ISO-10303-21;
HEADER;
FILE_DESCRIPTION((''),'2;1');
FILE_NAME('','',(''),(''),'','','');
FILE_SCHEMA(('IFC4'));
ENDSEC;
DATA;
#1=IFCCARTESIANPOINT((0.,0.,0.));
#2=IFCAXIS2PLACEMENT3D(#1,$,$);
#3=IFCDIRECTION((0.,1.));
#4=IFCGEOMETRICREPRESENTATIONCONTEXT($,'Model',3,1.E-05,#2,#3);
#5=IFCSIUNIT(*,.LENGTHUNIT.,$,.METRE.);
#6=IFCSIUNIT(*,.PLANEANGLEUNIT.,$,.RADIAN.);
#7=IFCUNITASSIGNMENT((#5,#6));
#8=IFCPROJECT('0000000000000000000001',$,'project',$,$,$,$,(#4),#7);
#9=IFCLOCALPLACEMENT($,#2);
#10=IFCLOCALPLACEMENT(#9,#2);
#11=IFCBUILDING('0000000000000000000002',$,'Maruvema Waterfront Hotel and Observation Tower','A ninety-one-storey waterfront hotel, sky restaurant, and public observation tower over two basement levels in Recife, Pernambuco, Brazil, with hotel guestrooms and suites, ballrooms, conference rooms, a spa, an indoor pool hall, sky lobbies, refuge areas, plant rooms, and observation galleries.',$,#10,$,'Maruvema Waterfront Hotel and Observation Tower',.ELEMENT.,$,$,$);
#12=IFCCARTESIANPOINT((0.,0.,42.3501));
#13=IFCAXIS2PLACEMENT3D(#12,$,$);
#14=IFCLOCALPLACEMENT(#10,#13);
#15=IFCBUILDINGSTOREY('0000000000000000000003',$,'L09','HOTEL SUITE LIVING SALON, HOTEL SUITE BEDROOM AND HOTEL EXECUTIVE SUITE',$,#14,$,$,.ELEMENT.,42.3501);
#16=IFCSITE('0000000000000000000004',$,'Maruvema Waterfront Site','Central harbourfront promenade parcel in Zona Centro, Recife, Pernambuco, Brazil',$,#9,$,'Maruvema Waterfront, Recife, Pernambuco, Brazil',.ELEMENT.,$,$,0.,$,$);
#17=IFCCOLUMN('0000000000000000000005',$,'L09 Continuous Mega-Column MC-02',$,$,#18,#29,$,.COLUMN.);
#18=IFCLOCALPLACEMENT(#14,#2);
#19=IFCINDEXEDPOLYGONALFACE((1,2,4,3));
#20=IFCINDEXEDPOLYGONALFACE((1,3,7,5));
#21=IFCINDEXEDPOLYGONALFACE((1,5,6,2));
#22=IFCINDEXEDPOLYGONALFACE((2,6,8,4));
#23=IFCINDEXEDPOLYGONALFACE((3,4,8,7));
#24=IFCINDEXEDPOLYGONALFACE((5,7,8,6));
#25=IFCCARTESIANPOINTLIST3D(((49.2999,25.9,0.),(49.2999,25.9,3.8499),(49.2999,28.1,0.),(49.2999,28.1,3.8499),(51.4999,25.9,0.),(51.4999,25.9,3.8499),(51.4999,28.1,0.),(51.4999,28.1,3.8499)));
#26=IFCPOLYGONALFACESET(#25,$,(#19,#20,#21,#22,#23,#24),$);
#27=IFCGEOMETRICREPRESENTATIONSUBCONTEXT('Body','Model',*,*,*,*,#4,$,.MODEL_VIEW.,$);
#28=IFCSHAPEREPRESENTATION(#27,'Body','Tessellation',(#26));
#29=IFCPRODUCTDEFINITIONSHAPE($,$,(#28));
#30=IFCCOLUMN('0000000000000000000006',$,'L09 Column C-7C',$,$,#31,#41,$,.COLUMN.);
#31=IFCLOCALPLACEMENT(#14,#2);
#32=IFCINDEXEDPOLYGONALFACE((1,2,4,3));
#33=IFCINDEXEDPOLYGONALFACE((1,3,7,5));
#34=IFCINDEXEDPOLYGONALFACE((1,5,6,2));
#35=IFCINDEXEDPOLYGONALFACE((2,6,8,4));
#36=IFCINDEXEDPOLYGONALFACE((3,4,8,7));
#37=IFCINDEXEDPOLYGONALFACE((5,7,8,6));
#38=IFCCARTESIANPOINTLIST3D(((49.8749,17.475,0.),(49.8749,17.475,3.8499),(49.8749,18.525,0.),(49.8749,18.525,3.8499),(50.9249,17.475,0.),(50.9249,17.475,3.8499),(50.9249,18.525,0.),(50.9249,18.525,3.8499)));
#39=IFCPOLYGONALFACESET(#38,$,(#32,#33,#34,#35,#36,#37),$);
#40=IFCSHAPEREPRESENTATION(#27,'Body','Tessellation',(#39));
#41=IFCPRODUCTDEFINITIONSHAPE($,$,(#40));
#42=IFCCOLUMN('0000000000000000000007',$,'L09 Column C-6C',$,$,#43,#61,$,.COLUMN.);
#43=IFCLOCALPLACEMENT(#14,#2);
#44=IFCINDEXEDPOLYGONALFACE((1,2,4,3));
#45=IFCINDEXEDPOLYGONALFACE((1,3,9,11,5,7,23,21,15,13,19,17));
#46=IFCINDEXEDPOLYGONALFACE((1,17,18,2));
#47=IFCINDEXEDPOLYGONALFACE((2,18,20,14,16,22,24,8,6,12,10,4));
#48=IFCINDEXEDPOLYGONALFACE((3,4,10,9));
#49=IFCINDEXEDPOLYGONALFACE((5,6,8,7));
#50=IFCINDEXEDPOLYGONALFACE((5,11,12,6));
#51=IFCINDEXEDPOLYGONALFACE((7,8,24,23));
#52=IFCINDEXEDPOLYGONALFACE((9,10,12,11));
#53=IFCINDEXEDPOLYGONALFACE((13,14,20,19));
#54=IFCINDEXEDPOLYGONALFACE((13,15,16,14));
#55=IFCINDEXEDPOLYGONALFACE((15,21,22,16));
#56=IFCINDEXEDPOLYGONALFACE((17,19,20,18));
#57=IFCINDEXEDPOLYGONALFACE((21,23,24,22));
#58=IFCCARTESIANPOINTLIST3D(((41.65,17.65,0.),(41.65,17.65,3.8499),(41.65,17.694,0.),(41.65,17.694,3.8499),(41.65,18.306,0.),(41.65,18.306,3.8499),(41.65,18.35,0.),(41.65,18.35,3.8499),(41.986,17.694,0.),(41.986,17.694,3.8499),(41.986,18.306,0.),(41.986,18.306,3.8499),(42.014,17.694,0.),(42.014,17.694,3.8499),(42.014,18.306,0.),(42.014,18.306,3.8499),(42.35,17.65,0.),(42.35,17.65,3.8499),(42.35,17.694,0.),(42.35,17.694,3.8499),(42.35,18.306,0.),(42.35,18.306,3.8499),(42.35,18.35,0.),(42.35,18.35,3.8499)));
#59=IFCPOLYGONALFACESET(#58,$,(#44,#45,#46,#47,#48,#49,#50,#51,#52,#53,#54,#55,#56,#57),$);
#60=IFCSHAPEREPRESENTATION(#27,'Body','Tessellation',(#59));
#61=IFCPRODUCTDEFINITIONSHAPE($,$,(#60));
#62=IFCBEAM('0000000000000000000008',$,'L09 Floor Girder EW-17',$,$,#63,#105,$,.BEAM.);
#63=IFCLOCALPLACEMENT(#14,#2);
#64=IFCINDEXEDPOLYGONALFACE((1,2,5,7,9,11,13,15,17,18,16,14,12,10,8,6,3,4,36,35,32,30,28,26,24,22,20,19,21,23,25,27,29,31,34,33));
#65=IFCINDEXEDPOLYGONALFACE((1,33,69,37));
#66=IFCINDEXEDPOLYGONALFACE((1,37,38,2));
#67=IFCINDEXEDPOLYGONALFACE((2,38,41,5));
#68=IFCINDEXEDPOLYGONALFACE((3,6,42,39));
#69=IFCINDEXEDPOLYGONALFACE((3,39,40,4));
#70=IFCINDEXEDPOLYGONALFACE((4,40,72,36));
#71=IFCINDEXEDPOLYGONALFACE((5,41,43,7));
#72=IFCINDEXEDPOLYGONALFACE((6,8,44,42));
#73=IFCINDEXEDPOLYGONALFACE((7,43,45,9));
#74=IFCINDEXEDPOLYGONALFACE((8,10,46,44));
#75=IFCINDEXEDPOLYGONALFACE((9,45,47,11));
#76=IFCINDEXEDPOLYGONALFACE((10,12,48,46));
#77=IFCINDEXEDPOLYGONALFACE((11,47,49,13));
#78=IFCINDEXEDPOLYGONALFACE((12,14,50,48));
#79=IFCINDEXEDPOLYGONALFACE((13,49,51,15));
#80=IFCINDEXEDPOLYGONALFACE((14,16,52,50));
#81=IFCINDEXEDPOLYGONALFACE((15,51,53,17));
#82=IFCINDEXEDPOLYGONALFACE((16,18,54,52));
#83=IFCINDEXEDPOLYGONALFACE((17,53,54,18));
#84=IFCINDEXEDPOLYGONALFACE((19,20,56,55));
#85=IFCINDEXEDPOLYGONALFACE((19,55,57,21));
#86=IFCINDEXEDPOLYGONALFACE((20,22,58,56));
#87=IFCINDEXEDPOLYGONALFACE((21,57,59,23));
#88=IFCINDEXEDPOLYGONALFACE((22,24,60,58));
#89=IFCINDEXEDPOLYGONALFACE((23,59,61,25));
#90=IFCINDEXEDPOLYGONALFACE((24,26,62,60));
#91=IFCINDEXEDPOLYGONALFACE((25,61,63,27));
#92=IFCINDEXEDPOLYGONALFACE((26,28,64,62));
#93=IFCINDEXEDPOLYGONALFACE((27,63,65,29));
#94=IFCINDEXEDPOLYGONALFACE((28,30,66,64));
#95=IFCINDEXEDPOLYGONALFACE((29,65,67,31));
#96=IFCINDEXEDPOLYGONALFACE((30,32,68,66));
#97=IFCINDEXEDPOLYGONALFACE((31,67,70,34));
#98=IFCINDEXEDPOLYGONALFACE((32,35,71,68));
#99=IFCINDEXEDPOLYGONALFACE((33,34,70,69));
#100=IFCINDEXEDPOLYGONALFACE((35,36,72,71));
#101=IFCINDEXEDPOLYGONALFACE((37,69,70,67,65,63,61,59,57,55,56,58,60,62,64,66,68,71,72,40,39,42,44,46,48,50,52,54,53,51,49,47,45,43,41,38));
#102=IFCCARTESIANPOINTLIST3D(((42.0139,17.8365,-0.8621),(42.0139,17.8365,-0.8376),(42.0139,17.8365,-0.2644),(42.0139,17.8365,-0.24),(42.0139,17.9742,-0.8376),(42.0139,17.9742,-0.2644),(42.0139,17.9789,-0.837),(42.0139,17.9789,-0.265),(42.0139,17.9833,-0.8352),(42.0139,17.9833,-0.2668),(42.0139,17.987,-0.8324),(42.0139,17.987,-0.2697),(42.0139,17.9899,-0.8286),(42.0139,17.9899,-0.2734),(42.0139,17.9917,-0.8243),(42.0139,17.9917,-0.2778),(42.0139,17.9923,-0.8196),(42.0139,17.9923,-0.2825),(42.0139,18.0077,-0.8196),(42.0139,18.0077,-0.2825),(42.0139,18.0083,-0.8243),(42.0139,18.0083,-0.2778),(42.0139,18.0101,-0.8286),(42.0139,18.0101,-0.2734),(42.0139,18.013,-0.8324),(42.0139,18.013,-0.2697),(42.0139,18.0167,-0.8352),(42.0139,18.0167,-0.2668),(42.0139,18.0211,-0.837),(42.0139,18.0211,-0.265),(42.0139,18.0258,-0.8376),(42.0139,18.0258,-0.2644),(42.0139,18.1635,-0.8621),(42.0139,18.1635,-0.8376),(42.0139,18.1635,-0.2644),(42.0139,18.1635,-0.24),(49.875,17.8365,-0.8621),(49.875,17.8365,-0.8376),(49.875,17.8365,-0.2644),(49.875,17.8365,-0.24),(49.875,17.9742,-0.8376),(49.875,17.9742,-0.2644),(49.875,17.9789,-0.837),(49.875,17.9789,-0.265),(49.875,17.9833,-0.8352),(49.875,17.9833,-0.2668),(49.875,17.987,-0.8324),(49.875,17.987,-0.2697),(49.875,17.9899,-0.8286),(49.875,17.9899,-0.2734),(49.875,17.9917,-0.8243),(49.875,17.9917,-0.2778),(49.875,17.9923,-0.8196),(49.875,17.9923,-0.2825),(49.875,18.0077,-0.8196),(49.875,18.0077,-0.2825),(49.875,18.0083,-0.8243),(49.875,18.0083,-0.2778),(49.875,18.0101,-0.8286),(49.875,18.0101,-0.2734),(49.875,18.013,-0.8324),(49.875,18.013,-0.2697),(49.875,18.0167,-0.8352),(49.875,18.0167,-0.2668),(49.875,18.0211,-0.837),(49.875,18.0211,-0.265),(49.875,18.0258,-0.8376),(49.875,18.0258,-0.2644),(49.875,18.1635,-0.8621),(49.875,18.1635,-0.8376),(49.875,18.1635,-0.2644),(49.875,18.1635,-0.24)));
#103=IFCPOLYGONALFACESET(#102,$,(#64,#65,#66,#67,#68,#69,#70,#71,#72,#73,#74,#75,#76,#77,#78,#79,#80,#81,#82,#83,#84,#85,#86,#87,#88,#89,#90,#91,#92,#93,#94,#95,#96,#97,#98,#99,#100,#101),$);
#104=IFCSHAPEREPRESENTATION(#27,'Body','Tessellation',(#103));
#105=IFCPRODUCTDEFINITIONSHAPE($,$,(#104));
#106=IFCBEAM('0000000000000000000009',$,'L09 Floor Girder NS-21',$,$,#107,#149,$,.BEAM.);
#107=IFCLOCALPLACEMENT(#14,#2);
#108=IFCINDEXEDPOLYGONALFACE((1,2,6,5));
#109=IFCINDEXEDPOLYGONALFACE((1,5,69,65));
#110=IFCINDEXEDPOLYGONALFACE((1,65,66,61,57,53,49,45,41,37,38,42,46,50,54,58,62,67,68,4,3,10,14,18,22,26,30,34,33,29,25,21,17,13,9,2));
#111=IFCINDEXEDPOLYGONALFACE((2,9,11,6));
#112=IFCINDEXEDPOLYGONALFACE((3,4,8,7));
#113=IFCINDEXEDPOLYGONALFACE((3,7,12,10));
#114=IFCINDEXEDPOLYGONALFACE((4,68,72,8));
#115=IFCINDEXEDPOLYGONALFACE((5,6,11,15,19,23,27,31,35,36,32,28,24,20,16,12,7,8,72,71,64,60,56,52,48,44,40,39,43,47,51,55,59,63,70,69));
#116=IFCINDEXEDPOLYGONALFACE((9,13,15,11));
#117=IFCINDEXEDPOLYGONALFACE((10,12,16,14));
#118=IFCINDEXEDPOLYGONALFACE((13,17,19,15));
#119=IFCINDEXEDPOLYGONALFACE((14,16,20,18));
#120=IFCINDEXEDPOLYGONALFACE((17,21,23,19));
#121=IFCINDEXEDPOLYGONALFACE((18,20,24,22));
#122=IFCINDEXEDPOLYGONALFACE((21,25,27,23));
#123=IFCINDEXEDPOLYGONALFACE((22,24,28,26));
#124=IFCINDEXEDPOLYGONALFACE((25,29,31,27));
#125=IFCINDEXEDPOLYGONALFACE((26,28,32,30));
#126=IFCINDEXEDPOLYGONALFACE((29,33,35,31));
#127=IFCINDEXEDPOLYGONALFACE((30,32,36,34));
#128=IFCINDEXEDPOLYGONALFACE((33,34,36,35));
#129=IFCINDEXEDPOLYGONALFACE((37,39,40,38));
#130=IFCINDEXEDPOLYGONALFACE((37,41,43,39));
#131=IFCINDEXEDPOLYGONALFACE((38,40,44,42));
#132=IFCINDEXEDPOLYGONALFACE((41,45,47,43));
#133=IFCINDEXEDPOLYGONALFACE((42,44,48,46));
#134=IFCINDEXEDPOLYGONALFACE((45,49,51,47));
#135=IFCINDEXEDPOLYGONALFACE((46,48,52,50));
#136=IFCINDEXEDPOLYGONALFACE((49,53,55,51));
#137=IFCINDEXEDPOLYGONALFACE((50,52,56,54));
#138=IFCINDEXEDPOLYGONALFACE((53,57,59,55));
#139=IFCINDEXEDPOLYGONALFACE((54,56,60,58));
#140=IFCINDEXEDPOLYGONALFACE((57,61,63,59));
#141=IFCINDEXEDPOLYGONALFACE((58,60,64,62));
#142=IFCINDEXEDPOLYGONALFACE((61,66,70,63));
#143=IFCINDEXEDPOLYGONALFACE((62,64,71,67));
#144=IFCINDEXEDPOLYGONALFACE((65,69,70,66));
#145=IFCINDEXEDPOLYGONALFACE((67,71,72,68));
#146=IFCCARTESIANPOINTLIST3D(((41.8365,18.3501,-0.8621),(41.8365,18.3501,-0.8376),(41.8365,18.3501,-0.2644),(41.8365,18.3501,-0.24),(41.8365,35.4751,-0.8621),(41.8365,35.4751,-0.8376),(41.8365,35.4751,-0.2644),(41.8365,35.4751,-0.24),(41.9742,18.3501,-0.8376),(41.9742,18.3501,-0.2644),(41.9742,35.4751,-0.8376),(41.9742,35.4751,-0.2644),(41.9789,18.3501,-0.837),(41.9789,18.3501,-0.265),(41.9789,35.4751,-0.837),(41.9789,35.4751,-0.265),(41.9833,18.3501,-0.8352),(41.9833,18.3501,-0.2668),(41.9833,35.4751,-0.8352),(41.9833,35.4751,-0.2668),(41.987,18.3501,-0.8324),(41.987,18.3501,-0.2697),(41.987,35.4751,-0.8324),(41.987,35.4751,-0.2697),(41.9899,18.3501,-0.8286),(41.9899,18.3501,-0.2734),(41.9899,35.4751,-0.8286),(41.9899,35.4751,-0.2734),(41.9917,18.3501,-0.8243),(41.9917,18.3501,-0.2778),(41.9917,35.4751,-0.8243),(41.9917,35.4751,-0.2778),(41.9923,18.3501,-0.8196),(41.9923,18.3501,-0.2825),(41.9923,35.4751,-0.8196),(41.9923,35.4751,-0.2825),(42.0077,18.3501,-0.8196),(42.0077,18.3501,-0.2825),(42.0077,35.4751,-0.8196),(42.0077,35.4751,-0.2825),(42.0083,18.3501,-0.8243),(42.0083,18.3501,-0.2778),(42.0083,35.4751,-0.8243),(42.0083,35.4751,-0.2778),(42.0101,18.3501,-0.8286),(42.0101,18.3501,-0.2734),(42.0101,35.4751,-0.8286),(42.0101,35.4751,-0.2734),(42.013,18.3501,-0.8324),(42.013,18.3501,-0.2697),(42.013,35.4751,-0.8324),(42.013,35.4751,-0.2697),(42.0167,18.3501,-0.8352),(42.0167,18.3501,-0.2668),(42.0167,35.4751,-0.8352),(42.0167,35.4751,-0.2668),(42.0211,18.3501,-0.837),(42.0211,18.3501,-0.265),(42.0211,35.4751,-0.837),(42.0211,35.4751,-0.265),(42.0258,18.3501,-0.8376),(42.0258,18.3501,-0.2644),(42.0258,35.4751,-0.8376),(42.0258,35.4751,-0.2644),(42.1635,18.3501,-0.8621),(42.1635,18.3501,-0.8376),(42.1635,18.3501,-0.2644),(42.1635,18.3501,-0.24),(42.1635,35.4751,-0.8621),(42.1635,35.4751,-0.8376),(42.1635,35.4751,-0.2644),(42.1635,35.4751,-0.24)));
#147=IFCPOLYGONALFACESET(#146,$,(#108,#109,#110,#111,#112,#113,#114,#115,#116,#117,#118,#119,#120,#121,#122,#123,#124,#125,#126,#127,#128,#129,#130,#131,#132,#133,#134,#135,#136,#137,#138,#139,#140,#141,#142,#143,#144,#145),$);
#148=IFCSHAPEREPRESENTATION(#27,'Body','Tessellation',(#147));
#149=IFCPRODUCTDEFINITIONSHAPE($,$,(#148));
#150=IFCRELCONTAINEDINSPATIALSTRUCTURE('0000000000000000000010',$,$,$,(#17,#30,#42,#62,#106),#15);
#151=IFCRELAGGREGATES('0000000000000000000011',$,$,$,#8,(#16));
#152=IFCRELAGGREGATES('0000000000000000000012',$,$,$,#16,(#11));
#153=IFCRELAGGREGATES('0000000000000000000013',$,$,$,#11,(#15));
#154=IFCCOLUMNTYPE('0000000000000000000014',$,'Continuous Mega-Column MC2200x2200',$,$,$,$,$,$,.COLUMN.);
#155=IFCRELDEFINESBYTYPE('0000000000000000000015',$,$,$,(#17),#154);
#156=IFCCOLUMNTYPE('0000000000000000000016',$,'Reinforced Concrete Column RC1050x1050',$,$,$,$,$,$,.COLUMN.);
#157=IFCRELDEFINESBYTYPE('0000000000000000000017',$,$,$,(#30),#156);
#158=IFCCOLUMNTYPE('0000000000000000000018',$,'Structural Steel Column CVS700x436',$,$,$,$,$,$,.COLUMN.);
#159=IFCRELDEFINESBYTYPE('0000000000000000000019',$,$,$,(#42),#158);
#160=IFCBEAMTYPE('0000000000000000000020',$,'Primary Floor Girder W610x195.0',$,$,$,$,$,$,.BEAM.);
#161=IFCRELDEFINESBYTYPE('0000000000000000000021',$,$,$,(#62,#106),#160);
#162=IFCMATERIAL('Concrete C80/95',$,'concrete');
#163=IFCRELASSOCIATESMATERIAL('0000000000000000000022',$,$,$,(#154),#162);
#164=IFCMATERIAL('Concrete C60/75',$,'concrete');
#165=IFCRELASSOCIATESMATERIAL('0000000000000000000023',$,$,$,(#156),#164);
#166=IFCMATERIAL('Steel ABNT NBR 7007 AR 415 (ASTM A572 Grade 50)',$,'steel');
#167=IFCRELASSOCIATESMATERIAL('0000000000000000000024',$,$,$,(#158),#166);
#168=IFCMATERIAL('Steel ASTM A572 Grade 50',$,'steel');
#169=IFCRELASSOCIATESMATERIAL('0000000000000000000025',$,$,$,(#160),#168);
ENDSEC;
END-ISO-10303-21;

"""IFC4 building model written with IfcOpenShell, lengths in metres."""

from ifc_helpers import new_model, si_unit, direction, frame, origin, origin_2d, place, context, subcontext, project, spatial, rectangle, i_section, extrude, material, material_profile, profile_set, type_object, element, save


model = new_model("IFC4")

# Units and contexts
model_context = context("Model", 3, precision=1e-05, world=origin(), true_north=direction((0.0, 1.0)))
body_context = subcontext(model_context, "Body", "Model", "MODEL_VIEW")
ifc_project = project(units=[si_unit("LENGTHUNIT", "METRE"), si_unit("PLANEANGLEUNIT", "RADIAN")], contexts=[model_context])

# Site, building, storey
site_placement = place(None, origin())
site = spatial("IfcSite", under=ifc_project, at=site_placement, Name="Maruvema Waterfront Site", Description="Central harbourfront promenade parcel in Zona Centro, Recife, Pernambuco, Brazil", LongName="Maruvema Waterfront, Recife, Pernambuco, Brazil", CompositionType="ELEMENT", RefElevation=0.0)
building_placement = place(site_placement, origin())
building = spatial("IfcBuilding", under=site, at=building_placement, Name="Maruvema Waterfront Hotel and Observation Tower", Description="A ninety-one-storey waterfront hotel, sky restaurant, and public observation tower over two basement levels in Recife, Pernambuco, Brazil, with hotel guestrooms and suites, ballrooms, conference rooms, a spa, an indoor pool hall, sky lobbies, refuge areas, plant rooms, and observation galleries.", LongName="Maruvema Waterfront Hotel and Observation Tower", CompositionType="ELEMENT")
storey_placement = place(building_placement, frame((0.0, 0.0, 42.3501)))
storey = spatial("IfcBuildingStorey", under=building, at=storey_placement, Name="L09", Description="HOTEL SUITE LIVING SALON, HOTEL SUITE BEDROOM AND HOTEL EXECUTIVE SUITE", CompositionType="ELEMENT", Elevation=42.3501)

# Columns
ifc_material_1 = material(Name="Concrete C80/95", Category="concrete")
ifc_material_profile_1 = material_profile(ifc_material_1, rectangle(XDim=2.2, YDim=2.2, at=origin_2d()), Name="MC2200x2200")
ifc_profile_set_1 = profile_set([ifc_material_profile_1], Name="Concrete C80/95")
column_type_1 = type_object("IfcColumnType", Name="Continuous Mega-Column MC2200x2200", PredefinedType="COLUMN", material=ifc_profile_set_1)
column_1_placement = place(storey_placement, frame((50.3999, 27.0, 0.0), z_axis=(0.0, 0.0, 1.0), x_axis=(1.0, 0.0, 0.0)))
element("IfcColumn", 1, at=column_1_placement, inside=storey, type_object=column_type_1, Name="L09 Continuous Mega-Column MC-02", PredefinedType="COLUMN", context=body_context, shape_type="SweptSolid", body=[
    extrude(rectangle(XDim=2.2, YDim=2.2, at=origin_2d()), origin(), (0.0, 0.0, 1.0), 3.8499),
])
ifc_material_2 = material(Name="Concrete C60/75", Category="concrete")
ifc_material_profile_2 = material_profile(ifc_material_2, rectangle(XDim=1.05, YDim=1.05, at=origin_2d()), Name="RC1050x1050")
ifc_profile_set_2 = profile_set([ifc_material_profile_2], Name="Concrete C60/75")
column_type_2 = type_object("IfcColumnType", Name="Reinforced Concrete Column RC1050x1050", PredefinedType="COLUMN", material=ifc_profile_set_2)
column_2_placement = place(storey_placement, frame((50.3999, 18.0, 0.0), z_axis=(0.0, 0.0, 1.0), x_axis=(1.0, 0.0, 0.0)))
element("IfcColumn", 2, at=column_2_placement, inside=storey, type_object=column_type_2, Name="L09 Column C-7C", PredefinedType="COLUMN", context=body_context, shape_type="SweptSolid", body=[
    extrude(rectangle(XDim=1.05, YDim=1.05, at=origin_2d()), origin(), (0.0, 0.0, 1.0), 3.8499),
])
ifc_material_3 = material(Name="Steel ABNT NBR 7007 AR 415 (ASTM A572 Grade 50)", Category="steel")
ifc_material_profile_3 = material_profile(ifc_material_3, i_section(OverallWidth=0.7, OverallDepth=0.7, WebThickness=0.0281, FlangeThickness=0.0439, at=origin_2d()), Name="CVS700x436")
ifc_profile_set_3 = profile_set([ifc_material_profile_3], Name="Steel ABNT NBR 7007 AR 415 (ASTM A572 Grade 50)")
column_type_3 = type_object("IfcColumnType", Name="Structural Steel Column CVS700x436", PredefinedType="COLUMN", material=ifc_profile_set_3)
column_3_placement = place(storey_placement, frame((42.0, 18.0, 0.0), z_axis=(0.0, 0.0, 1.0), x_axis=(1.0, 0.0, 0.0)))
element("IfcColumn", 3, at=column_3_placement, inside=storey, type_object=column_type_3, Name="L09 Column C-6C", PredefinedType="COLUMN", context=body_context, shape_type="SweptSolid", body=[
    extrude(i_section(OverallWidth=0.7, OverallDepth=0.7, WebThickness=0.0281, FlangeThickness=0.0439, at=origin_2d()), origin(), (0.0, 0.0, 1.0), 3.8499),
])

# Beams
ifc_material_4 = material(Name="Steel ASTM A572 Grade 50", Category="steel")
ifc_material_profile_4 = material_profile(ifc_material_4, i_section(OverallWidth=0.3269, OverallDepth=0.6221, WebThickness=0.0154, FlangeThickness=0.0244, FilletRadius=0.0181, at=origin_2d()), Name="W610x195.0")
ifc_profile_set_4 = profile_set([ifc_material_profile_4], Name="Steel ASTM A572 Grade 50")
beam_type = type_object("IfcBeamType", Name="Primary Floor Girder W610x195.0", PredefinedType="BEAM", material=ifc_profile_set_4)
beam_1_placement = place(storey_placement, frame((42.0139, 18.0, -0.551), z_axis=(1.0, 0.0, 0.0), x_axis=(0.0, 1.0, 0.0)))
element("IfcBeam", 4, at=beam_1_placement, inside=storey, type_object=beam_type, Name="L09 Floor Girder EW-17", PredefinedType="BEAM", context=body_context, shape_type="SweptSolid", body=[
    extrude(i_section(OverallWidth=0.3269, OverallDepth=0.6221, WebThickness=0.0154, FlangeThickness=0.0244, FilletRadius=0.0181, at=origin_2d()), origin(), (0.0, 0.0, 1.0), 7.8611),
])
beam_2_placement = place(storey_placement, frame((42.0, 18.3501, -0.551), z_axis=(0.0, 1.0, 0.0), x_axis=(-1.0, 0.0, 0.0)))
element("IfcBeam", 5, at=beam_2_placement, inside=storey, type_object=beam_type, Name="L09 Floor Girder NS-21", PredefinedType="BEAM", context=body_context, shape_type="SweptSolid", body=[
    extrude(i_section(OverallWidth=0.3269, OverallDepth=0.6221, WebThickness=0.0154, FlangeThickness=0.0244, FilletRadius=0.0181, at=origin_2d()), origin(), (0.0, 0.0, 1.0), 17.125),
])

save(model, "model.ifc")
